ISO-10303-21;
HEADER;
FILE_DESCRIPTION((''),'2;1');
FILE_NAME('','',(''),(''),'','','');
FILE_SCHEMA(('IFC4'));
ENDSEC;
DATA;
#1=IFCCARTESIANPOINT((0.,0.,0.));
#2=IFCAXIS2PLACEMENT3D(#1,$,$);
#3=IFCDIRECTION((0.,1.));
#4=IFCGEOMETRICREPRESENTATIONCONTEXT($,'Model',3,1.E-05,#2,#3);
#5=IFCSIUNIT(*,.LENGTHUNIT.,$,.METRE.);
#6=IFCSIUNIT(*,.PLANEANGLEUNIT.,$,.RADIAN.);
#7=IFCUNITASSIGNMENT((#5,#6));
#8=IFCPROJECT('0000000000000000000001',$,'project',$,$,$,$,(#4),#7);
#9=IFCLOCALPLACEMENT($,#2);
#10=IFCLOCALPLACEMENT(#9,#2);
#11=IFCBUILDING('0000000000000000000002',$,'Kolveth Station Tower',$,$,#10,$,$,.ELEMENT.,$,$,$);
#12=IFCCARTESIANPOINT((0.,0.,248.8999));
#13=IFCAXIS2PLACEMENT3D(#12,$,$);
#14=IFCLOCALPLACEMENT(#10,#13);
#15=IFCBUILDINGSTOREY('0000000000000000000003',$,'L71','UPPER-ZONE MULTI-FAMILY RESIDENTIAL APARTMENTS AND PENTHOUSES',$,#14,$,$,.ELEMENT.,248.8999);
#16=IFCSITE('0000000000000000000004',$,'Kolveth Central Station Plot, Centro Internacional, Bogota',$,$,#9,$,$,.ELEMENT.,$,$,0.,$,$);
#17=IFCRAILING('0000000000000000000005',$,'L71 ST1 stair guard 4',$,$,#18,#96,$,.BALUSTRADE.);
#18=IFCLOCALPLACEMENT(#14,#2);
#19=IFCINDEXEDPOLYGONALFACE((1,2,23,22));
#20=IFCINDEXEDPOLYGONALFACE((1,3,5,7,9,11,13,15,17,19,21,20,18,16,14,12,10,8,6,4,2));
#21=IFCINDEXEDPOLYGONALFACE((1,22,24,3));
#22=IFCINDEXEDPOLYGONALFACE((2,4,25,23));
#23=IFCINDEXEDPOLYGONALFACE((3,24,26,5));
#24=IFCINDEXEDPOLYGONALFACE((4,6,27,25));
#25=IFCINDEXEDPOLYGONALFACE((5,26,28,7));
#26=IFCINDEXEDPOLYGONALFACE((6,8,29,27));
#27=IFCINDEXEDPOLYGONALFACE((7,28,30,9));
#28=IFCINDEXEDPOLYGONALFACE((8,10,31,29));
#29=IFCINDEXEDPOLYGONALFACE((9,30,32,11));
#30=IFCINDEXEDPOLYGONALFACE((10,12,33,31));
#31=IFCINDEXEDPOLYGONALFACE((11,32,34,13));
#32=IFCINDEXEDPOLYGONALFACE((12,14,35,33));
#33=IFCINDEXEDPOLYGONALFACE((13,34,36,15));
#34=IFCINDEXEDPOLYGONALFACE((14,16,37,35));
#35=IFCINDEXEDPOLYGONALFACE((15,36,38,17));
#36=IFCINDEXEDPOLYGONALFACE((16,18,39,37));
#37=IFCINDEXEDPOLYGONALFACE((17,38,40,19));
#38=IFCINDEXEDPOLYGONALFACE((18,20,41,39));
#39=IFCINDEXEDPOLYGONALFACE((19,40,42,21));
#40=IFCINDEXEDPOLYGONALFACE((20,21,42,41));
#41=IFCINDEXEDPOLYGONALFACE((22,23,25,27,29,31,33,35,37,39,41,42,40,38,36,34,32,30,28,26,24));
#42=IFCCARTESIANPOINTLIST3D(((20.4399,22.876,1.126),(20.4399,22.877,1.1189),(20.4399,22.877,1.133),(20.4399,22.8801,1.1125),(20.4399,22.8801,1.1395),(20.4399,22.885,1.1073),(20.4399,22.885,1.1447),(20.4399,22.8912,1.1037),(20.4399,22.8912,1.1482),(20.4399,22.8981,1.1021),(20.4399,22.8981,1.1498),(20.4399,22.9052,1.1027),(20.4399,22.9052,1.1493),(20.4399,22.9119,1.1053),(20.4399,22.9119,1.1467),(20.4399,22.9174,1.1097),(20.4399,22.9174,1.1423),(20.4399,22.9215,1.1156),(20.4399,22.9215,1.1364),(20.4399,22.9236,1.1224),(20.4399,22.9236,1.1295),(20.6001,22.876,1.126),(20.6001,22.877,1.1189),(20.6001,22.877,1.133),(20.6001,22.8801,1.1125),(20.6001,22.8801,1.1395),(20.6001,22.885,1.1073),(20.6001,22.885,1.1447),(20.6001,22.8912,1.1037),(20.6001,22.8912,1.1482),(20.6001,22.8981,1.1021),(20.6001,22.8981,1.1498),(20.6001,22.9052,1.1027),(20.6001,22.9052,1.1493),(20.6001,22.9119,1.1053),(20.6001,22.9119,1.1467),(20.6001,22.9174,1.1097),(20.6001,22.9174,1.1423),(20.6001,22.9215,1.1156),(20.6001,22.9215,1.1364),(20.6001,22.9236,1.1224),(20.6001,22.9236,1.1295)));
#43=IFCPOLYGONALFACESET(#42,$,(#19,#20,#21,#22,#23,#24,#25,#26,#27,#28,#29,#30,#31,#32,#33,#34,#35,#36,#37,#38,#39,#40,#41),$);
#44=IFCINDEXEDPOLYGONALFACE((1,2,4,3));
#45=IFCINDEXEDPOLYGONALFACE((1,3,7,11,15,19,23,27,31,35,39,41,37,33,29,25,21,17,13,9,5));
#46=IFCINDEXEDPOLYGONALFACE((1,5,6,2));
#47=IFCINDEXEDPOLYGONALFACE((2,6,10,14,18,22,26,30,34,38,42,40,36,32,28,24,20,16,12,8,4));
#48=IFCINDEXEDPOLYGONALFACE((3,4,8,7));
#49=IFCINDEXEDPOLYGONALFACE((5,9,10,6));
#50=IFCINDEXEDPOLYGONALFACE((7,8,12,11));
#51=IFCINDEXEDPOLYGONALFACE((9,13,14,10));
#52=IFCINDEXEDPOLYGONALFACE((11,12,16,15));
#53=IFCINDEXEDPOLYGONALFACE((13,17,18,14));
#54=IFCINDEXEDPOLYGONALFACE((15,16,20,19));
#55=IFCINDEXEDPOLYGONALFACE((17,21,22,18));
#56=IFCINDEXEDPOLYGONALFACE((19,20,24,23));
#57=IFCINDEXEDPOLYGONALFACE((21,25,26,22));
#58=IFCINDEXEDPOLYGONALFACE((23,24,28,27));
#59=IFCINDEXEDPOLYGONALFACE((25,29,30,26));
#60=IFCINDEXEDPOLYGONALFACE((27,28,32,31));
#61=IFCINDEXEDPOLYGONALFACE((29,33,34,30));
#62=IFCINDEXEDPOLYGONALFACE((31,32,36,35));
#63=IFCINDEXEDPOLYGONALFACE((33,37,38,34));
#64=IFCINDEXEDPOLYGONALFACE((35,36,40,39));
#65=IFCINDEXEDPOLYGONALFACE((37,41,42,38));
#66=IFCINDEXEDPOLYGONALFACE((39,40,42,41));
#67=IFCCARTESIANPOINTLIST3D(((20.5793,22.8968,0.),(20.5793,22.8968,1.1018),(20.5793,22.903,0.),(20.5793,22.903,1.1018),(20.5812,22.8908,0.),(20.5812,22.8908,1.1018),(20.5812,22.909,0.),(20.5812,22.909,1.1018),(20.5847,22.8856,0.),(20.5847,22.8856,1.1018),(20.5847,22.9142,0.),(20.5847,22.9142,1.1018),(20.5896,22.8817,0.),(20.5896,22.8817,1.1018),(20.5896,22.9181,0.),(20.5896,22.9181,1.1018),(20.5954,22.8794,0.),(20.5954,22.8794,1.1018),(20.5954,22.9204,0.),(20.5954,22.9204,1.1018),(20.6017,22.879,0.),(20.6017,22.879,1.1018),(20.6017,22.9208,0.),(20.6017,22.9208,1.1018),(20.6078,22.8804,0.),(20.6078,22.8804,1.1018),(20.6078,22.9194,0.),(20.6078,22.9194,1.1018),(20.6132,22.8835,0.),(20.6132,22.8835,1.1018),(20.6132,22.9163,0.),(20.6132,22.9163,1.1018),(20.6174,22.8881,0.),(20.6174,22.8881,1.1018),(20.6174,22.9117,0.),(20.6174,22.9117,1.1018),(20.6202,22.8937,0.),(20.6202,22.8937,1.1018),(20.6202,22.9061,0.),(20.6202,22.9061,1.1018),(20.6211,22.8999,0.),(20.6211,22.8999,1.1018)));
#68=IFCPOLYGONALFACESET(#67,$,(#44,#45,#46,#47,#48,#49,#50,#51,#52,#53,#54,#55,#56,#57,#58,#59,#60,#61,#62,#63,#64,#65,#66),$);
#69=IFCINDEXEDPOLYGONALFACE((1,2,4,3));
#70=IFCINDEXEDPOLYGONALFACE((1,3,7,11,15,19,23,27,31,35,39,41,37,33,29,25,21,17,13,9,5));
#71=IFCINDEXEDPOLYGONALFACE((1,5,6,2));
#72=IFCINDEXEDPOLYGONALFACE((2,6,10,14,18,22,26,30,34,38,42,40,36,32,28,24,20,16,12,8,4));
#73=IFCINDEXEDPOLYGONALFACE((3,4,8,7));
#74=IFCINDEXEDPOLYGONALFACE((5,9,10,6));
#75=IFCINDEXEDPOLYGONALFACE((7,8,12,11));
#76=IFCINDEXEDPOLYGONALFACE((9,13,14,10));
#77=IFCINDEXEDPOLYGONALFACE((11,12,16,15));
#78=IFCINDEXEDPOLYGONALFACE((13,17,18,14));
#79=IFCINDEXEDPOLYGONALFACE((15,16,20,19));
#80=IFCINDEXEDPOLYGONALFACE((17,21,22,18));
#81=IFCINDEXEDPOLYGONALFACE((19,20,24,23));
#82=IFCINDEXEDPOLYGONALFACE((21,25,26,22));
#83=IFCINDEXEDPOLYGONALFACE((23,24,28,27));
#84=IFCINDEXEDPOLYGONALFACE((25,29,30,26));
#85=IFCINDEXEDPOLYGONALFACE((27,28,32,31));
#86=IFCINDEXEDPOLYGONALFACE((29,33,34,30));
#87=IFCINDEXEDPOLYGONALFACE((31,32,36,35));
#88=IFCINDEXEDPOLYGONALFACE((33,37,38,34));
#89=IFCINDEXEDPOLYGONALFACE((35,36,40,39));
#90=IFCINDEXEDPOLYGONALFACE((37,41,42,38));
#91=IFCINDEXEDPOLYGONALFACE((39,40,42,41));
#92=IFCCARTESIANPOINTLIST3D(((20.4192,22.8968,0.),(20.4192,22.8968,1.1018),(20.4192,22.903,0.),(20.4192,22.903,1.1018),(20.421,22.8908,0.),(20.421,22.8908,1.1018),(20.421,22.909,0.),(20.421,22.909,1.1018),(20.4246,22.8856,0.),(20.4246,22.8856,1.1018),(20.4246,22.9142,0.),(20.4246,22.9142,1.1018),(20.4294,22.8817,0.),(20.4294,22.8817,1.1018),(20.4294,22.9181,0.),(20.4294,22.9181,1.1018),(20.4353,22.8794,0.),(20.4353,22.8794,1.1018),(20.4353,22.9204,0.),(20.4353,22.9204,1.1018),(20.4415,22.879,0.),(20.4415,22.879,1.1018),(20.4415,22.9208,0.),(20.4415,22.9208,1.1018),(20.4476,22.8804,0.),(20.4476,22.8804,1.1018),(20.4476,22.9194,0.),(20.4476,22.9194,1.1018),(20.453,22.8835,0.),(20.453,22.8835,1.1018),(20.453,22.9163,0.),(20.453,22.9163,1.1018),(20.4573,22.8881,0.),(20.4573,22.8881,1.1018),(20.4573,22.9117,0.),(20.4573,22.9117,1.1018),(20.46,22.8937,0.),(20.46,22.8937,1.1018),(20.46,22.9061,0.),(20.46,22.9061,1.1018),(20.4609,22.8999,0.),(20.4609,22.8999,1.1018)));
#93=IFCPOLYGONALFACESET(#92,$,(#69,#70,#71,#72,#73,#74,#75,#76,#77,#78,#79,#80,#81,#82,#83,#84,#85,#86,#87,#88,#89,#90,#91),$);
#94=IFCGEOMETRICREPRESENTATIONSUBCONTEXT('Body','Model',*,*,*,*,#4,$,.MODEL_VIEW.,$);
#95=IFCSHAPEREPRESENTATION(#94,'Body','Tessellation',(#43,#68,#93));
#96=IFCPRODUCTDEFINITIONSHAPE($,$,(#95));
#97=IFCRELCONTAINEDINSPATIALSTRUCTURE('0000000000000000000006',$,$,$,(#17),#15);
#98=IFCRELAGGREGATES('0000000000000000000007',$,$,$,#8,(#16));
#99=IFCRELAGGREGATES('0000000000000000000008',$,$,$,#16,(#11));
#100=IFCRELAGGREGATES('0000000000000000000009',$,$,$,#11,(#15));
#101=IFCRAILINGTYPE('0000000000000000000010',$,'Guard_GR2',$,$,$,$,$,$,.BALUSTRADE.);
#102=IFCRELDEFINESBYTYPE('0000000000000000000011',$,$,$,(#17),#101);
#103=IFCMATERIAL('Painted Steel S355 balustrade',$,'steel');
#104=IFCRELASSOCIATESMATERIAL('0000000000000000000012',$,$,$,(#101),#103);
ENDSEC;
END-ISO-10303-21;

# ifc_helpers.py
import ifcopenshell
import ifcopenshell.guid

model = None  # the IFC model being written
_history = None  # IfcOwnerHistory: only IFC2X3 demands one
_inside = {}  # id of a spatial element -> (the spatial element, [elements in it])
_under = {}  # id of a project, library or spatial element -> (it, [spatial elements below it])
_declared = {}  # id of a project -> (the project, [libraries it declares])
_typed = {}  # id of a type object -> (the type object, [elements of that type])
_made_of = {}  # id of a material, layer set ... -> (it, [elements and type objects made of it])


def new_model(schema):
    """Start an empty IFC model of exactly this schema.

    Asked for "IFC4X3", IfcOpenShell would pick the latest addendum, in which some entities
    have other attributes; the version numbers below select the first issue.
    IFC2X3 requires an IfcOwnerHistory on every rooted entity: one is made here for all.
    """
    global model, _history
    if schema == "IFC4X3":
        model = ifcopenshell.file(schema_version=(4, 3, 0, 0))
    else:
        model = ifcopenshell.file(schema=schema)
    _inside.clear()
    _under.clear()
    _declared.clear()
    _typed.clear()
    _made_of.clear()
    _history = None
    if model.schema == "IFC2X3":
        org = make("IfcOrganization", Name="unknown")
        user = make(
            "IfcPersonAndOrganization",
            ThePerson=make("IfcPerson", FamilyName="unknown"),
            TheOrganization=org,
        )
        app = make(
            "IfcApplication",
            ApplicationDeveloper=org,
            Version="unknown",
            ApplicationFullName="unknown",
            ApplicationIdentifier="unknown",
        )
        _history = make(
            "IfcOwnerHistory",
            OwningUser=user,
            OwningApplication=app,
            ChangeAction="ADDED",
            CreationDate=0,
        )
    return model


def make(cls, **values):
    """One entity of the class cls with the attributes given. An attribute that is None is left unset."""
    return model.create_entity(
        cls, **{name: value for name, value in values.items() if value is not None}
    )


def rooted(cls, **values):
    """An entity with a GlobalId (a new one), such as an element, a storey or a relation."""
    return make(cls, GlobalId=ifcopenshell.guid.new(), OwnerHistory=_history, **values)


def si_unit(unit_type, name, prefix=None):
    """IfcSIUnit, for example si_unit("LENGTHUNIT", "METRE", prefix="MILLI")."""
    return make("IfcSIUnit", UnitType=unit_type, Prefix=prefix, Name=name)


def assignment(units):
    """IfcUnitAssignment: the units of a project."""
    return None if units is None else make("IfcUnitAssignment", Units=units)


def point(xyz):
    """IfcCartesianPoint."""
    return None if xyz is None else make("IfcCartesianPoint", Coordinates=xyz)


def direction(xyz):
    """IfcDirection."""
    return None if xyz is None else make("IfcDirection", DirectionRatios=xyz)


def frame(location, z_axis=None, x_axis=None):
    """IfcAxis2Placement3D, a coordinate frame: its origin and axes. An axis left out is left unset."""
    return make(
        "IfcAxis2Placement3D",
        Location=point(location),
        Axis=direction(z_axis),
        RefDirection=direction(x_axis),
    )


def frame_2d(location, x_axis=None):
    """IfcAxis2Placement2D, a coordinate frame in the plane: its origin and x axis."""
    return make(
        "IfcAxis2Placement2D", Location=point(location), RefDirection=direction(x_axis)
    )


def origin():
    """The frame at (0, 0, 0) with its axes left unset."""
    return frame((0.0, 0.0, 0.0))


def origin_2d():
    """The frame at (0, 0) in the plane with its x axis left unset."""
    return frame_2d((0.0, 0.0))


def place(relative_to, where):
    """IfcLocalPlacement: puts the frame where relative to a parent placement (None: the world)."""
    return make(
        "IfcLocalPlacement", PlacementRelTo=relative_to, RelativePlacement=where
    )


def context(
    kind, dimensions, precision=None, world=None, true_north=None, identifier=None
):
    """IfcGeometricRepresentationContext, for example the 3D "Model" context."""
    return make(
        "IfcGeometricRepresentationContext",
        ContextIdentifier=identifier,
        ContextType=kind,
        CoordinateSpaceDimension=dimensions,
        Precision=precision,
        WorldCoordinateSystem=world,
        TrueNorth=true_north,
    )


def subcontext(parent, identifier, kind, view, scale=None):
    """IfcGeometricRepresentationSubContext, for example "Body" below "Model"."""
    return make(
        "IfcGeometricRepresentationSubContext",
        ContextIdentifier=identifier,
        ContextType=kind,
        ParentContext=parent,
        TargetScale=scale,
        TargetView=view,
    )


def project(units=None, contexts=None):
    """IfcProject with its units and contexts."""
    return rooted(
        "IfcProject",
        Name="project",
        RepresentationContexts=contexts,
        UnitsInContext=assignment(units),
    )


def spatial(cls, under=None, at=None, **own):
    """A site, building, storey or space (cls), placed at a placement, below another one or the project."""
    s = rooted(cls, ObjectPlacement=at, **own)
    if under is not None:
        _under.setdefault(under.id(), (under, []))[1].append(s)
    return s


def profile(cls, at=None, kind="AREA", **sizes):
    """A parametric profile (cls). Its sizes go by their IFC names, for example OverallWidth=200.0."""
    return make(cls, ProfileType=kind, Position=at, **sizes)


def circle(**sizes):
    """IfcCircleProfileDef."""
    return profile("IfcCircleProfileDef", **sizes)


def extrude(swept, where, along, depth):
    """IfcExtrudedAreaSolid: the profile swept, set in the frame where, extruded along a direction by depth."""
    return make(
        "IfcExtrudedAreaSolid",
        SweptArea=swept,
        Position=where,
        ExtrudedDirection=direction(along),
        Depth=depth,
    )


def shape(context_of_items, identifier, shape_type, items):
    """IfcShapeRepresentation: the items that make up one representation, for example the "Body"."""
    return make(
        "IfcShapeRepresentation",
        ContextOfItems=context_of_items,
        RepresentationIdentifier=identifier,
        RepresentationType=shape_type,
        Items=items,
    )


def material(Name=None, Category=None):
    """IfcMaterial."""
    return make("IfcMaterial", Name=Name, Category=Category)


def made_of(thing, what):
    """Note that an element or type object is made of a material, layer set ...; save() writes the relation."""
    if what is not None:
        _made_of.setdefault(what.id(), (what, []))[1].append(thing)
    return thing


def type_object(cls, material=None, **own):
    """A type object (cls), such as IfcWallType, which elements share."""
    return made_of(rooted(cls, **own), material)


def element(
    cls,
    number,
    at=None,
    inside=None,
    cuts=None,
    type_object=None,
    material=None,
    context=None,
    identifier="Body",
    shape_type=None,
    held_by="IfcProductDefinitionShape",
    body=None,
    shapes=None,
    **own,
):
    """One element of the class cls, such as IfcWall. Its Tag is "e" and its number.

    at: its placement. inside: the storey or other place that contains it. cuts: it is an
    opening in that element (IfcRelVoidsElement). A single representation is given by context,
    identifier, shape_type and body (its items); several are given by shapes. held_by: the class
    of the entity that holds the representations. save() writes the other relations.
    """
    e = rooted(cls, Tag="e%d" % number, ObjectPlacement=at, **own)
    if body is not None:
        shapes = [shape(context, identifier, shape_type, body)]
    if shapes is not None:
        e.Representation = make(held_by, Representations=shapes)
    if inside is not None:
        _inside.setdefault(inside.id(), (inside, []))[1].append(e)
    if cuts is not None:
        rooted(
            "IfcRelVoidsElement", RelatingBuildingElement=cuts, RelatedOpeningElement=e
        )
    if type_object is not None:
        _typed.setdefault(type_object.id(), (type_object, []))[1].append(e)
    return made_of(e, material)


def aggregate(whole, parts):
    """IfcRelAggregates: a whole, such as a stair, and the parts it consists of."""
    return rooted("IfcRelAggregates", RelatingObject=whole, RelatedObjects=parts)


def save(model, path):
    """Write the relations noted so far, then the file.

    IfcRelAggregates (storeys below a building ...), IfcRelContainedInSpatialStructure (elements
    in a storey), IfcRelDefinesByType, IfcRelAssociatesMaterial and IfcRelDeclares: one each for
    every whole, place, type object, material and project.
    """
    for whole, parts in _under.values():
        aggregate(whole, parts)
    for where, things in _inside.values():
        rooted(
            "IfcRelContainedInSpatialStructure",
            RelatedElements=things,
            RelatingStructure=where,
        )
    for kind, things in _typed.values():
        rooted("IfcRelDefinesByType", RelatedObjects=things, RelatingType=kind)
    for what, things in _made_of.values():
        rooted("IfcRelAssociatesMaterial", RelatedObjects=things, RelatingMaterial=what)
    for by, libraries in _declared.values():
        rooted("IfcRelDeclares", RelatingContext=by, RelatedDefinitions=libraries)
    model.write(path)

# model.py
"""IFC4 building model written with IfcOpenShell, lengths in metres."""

from ifc_helpers import new_model, si_unit, direction, frame, origin, origin_2d, place, context, subcontext, project, spatial, circle, extrude, material, type_object, element, save


model = new_model("IFC4")

# Units and contexts
model_context = context("Model", 3, precision=1e-05, world=origin(), true_north=direction((0.0, 1.0)))
body_context = subcontext(model_context, "Body", "Model", "MODEL_VIEW")
ifc_project = project(units=[si_unit("LENGTHUNIT", "METRE"), si_unit("PLANEANGLEUNIT", "RADIAN")], contexts=[model_context])

# Site, building, storey
site_placement = place(None, origin())
site = spatial("IfcSite", under=ifc_project, at=site_placement, Name="Kolveth Central Station Plot, Centro Internacional, Bogota", CompositionType="ELEMENT", RefElevation=0.0)
building_placement = place(site_placement, origin())
building = spatial("IfcBuilding", under=site, at=building_placement, Name="Kolveth Station Tower", CompositionType="ELEMENT")
storey_placement = place(building_placement, frame((0.0, 0.0, 248.8999)))
storey = spatial("IfcBuildingStorey", under=building, at=storey_placement, Name="L71", Description="UPPER-ZONE MULTI-FAMILY RESIDENTIAL APARTMENTS AND PENTHOUSES", CompositionType="ELEMENT", Elevation=248.8999)

# Railing
ifc_material_1 = material(Name="Painted Steel S355 balustrade", Category="steel")
railing_type_1 = type_object("IfcRailingType", Name="Guard_GR2", PredefinedType="BALUSTRADE", material=ifc_material_1)
railing_1_placement = place(storey_placement, frame((20.6001, 22.8999, 0.0)))
element("IfcRailing", 1, at=railing_1_placement, inside=storey, type_object=railing_type_1, Name="L71 ST1 stair guard 4", PredefinedType="BALUSTRADE", context=body_context, shape_type="SweptSolid", body=[
    extrude(circle(Radius=0.0239, at=origin_2d()), frame((0.0, 0.0, 1.126), z_axis=(-1.0, 0.0, 0.0), x_axis=(0.0, -1.0, 0.0)), (0.0, 0.0, 1.0), 0.1602),
    extrude(circle(Radius=0.021, at=origin_2d()), origin(), (0.0, 0.0, 1.0), 1.1018),
    extrude(circle(Radius=0.021, at=origin_2d()), frame((-0.1602, 0.0, 0.0)), (0.0, 0.0, 1.0), 1.1018),
])

save(model, "model.ifc")
